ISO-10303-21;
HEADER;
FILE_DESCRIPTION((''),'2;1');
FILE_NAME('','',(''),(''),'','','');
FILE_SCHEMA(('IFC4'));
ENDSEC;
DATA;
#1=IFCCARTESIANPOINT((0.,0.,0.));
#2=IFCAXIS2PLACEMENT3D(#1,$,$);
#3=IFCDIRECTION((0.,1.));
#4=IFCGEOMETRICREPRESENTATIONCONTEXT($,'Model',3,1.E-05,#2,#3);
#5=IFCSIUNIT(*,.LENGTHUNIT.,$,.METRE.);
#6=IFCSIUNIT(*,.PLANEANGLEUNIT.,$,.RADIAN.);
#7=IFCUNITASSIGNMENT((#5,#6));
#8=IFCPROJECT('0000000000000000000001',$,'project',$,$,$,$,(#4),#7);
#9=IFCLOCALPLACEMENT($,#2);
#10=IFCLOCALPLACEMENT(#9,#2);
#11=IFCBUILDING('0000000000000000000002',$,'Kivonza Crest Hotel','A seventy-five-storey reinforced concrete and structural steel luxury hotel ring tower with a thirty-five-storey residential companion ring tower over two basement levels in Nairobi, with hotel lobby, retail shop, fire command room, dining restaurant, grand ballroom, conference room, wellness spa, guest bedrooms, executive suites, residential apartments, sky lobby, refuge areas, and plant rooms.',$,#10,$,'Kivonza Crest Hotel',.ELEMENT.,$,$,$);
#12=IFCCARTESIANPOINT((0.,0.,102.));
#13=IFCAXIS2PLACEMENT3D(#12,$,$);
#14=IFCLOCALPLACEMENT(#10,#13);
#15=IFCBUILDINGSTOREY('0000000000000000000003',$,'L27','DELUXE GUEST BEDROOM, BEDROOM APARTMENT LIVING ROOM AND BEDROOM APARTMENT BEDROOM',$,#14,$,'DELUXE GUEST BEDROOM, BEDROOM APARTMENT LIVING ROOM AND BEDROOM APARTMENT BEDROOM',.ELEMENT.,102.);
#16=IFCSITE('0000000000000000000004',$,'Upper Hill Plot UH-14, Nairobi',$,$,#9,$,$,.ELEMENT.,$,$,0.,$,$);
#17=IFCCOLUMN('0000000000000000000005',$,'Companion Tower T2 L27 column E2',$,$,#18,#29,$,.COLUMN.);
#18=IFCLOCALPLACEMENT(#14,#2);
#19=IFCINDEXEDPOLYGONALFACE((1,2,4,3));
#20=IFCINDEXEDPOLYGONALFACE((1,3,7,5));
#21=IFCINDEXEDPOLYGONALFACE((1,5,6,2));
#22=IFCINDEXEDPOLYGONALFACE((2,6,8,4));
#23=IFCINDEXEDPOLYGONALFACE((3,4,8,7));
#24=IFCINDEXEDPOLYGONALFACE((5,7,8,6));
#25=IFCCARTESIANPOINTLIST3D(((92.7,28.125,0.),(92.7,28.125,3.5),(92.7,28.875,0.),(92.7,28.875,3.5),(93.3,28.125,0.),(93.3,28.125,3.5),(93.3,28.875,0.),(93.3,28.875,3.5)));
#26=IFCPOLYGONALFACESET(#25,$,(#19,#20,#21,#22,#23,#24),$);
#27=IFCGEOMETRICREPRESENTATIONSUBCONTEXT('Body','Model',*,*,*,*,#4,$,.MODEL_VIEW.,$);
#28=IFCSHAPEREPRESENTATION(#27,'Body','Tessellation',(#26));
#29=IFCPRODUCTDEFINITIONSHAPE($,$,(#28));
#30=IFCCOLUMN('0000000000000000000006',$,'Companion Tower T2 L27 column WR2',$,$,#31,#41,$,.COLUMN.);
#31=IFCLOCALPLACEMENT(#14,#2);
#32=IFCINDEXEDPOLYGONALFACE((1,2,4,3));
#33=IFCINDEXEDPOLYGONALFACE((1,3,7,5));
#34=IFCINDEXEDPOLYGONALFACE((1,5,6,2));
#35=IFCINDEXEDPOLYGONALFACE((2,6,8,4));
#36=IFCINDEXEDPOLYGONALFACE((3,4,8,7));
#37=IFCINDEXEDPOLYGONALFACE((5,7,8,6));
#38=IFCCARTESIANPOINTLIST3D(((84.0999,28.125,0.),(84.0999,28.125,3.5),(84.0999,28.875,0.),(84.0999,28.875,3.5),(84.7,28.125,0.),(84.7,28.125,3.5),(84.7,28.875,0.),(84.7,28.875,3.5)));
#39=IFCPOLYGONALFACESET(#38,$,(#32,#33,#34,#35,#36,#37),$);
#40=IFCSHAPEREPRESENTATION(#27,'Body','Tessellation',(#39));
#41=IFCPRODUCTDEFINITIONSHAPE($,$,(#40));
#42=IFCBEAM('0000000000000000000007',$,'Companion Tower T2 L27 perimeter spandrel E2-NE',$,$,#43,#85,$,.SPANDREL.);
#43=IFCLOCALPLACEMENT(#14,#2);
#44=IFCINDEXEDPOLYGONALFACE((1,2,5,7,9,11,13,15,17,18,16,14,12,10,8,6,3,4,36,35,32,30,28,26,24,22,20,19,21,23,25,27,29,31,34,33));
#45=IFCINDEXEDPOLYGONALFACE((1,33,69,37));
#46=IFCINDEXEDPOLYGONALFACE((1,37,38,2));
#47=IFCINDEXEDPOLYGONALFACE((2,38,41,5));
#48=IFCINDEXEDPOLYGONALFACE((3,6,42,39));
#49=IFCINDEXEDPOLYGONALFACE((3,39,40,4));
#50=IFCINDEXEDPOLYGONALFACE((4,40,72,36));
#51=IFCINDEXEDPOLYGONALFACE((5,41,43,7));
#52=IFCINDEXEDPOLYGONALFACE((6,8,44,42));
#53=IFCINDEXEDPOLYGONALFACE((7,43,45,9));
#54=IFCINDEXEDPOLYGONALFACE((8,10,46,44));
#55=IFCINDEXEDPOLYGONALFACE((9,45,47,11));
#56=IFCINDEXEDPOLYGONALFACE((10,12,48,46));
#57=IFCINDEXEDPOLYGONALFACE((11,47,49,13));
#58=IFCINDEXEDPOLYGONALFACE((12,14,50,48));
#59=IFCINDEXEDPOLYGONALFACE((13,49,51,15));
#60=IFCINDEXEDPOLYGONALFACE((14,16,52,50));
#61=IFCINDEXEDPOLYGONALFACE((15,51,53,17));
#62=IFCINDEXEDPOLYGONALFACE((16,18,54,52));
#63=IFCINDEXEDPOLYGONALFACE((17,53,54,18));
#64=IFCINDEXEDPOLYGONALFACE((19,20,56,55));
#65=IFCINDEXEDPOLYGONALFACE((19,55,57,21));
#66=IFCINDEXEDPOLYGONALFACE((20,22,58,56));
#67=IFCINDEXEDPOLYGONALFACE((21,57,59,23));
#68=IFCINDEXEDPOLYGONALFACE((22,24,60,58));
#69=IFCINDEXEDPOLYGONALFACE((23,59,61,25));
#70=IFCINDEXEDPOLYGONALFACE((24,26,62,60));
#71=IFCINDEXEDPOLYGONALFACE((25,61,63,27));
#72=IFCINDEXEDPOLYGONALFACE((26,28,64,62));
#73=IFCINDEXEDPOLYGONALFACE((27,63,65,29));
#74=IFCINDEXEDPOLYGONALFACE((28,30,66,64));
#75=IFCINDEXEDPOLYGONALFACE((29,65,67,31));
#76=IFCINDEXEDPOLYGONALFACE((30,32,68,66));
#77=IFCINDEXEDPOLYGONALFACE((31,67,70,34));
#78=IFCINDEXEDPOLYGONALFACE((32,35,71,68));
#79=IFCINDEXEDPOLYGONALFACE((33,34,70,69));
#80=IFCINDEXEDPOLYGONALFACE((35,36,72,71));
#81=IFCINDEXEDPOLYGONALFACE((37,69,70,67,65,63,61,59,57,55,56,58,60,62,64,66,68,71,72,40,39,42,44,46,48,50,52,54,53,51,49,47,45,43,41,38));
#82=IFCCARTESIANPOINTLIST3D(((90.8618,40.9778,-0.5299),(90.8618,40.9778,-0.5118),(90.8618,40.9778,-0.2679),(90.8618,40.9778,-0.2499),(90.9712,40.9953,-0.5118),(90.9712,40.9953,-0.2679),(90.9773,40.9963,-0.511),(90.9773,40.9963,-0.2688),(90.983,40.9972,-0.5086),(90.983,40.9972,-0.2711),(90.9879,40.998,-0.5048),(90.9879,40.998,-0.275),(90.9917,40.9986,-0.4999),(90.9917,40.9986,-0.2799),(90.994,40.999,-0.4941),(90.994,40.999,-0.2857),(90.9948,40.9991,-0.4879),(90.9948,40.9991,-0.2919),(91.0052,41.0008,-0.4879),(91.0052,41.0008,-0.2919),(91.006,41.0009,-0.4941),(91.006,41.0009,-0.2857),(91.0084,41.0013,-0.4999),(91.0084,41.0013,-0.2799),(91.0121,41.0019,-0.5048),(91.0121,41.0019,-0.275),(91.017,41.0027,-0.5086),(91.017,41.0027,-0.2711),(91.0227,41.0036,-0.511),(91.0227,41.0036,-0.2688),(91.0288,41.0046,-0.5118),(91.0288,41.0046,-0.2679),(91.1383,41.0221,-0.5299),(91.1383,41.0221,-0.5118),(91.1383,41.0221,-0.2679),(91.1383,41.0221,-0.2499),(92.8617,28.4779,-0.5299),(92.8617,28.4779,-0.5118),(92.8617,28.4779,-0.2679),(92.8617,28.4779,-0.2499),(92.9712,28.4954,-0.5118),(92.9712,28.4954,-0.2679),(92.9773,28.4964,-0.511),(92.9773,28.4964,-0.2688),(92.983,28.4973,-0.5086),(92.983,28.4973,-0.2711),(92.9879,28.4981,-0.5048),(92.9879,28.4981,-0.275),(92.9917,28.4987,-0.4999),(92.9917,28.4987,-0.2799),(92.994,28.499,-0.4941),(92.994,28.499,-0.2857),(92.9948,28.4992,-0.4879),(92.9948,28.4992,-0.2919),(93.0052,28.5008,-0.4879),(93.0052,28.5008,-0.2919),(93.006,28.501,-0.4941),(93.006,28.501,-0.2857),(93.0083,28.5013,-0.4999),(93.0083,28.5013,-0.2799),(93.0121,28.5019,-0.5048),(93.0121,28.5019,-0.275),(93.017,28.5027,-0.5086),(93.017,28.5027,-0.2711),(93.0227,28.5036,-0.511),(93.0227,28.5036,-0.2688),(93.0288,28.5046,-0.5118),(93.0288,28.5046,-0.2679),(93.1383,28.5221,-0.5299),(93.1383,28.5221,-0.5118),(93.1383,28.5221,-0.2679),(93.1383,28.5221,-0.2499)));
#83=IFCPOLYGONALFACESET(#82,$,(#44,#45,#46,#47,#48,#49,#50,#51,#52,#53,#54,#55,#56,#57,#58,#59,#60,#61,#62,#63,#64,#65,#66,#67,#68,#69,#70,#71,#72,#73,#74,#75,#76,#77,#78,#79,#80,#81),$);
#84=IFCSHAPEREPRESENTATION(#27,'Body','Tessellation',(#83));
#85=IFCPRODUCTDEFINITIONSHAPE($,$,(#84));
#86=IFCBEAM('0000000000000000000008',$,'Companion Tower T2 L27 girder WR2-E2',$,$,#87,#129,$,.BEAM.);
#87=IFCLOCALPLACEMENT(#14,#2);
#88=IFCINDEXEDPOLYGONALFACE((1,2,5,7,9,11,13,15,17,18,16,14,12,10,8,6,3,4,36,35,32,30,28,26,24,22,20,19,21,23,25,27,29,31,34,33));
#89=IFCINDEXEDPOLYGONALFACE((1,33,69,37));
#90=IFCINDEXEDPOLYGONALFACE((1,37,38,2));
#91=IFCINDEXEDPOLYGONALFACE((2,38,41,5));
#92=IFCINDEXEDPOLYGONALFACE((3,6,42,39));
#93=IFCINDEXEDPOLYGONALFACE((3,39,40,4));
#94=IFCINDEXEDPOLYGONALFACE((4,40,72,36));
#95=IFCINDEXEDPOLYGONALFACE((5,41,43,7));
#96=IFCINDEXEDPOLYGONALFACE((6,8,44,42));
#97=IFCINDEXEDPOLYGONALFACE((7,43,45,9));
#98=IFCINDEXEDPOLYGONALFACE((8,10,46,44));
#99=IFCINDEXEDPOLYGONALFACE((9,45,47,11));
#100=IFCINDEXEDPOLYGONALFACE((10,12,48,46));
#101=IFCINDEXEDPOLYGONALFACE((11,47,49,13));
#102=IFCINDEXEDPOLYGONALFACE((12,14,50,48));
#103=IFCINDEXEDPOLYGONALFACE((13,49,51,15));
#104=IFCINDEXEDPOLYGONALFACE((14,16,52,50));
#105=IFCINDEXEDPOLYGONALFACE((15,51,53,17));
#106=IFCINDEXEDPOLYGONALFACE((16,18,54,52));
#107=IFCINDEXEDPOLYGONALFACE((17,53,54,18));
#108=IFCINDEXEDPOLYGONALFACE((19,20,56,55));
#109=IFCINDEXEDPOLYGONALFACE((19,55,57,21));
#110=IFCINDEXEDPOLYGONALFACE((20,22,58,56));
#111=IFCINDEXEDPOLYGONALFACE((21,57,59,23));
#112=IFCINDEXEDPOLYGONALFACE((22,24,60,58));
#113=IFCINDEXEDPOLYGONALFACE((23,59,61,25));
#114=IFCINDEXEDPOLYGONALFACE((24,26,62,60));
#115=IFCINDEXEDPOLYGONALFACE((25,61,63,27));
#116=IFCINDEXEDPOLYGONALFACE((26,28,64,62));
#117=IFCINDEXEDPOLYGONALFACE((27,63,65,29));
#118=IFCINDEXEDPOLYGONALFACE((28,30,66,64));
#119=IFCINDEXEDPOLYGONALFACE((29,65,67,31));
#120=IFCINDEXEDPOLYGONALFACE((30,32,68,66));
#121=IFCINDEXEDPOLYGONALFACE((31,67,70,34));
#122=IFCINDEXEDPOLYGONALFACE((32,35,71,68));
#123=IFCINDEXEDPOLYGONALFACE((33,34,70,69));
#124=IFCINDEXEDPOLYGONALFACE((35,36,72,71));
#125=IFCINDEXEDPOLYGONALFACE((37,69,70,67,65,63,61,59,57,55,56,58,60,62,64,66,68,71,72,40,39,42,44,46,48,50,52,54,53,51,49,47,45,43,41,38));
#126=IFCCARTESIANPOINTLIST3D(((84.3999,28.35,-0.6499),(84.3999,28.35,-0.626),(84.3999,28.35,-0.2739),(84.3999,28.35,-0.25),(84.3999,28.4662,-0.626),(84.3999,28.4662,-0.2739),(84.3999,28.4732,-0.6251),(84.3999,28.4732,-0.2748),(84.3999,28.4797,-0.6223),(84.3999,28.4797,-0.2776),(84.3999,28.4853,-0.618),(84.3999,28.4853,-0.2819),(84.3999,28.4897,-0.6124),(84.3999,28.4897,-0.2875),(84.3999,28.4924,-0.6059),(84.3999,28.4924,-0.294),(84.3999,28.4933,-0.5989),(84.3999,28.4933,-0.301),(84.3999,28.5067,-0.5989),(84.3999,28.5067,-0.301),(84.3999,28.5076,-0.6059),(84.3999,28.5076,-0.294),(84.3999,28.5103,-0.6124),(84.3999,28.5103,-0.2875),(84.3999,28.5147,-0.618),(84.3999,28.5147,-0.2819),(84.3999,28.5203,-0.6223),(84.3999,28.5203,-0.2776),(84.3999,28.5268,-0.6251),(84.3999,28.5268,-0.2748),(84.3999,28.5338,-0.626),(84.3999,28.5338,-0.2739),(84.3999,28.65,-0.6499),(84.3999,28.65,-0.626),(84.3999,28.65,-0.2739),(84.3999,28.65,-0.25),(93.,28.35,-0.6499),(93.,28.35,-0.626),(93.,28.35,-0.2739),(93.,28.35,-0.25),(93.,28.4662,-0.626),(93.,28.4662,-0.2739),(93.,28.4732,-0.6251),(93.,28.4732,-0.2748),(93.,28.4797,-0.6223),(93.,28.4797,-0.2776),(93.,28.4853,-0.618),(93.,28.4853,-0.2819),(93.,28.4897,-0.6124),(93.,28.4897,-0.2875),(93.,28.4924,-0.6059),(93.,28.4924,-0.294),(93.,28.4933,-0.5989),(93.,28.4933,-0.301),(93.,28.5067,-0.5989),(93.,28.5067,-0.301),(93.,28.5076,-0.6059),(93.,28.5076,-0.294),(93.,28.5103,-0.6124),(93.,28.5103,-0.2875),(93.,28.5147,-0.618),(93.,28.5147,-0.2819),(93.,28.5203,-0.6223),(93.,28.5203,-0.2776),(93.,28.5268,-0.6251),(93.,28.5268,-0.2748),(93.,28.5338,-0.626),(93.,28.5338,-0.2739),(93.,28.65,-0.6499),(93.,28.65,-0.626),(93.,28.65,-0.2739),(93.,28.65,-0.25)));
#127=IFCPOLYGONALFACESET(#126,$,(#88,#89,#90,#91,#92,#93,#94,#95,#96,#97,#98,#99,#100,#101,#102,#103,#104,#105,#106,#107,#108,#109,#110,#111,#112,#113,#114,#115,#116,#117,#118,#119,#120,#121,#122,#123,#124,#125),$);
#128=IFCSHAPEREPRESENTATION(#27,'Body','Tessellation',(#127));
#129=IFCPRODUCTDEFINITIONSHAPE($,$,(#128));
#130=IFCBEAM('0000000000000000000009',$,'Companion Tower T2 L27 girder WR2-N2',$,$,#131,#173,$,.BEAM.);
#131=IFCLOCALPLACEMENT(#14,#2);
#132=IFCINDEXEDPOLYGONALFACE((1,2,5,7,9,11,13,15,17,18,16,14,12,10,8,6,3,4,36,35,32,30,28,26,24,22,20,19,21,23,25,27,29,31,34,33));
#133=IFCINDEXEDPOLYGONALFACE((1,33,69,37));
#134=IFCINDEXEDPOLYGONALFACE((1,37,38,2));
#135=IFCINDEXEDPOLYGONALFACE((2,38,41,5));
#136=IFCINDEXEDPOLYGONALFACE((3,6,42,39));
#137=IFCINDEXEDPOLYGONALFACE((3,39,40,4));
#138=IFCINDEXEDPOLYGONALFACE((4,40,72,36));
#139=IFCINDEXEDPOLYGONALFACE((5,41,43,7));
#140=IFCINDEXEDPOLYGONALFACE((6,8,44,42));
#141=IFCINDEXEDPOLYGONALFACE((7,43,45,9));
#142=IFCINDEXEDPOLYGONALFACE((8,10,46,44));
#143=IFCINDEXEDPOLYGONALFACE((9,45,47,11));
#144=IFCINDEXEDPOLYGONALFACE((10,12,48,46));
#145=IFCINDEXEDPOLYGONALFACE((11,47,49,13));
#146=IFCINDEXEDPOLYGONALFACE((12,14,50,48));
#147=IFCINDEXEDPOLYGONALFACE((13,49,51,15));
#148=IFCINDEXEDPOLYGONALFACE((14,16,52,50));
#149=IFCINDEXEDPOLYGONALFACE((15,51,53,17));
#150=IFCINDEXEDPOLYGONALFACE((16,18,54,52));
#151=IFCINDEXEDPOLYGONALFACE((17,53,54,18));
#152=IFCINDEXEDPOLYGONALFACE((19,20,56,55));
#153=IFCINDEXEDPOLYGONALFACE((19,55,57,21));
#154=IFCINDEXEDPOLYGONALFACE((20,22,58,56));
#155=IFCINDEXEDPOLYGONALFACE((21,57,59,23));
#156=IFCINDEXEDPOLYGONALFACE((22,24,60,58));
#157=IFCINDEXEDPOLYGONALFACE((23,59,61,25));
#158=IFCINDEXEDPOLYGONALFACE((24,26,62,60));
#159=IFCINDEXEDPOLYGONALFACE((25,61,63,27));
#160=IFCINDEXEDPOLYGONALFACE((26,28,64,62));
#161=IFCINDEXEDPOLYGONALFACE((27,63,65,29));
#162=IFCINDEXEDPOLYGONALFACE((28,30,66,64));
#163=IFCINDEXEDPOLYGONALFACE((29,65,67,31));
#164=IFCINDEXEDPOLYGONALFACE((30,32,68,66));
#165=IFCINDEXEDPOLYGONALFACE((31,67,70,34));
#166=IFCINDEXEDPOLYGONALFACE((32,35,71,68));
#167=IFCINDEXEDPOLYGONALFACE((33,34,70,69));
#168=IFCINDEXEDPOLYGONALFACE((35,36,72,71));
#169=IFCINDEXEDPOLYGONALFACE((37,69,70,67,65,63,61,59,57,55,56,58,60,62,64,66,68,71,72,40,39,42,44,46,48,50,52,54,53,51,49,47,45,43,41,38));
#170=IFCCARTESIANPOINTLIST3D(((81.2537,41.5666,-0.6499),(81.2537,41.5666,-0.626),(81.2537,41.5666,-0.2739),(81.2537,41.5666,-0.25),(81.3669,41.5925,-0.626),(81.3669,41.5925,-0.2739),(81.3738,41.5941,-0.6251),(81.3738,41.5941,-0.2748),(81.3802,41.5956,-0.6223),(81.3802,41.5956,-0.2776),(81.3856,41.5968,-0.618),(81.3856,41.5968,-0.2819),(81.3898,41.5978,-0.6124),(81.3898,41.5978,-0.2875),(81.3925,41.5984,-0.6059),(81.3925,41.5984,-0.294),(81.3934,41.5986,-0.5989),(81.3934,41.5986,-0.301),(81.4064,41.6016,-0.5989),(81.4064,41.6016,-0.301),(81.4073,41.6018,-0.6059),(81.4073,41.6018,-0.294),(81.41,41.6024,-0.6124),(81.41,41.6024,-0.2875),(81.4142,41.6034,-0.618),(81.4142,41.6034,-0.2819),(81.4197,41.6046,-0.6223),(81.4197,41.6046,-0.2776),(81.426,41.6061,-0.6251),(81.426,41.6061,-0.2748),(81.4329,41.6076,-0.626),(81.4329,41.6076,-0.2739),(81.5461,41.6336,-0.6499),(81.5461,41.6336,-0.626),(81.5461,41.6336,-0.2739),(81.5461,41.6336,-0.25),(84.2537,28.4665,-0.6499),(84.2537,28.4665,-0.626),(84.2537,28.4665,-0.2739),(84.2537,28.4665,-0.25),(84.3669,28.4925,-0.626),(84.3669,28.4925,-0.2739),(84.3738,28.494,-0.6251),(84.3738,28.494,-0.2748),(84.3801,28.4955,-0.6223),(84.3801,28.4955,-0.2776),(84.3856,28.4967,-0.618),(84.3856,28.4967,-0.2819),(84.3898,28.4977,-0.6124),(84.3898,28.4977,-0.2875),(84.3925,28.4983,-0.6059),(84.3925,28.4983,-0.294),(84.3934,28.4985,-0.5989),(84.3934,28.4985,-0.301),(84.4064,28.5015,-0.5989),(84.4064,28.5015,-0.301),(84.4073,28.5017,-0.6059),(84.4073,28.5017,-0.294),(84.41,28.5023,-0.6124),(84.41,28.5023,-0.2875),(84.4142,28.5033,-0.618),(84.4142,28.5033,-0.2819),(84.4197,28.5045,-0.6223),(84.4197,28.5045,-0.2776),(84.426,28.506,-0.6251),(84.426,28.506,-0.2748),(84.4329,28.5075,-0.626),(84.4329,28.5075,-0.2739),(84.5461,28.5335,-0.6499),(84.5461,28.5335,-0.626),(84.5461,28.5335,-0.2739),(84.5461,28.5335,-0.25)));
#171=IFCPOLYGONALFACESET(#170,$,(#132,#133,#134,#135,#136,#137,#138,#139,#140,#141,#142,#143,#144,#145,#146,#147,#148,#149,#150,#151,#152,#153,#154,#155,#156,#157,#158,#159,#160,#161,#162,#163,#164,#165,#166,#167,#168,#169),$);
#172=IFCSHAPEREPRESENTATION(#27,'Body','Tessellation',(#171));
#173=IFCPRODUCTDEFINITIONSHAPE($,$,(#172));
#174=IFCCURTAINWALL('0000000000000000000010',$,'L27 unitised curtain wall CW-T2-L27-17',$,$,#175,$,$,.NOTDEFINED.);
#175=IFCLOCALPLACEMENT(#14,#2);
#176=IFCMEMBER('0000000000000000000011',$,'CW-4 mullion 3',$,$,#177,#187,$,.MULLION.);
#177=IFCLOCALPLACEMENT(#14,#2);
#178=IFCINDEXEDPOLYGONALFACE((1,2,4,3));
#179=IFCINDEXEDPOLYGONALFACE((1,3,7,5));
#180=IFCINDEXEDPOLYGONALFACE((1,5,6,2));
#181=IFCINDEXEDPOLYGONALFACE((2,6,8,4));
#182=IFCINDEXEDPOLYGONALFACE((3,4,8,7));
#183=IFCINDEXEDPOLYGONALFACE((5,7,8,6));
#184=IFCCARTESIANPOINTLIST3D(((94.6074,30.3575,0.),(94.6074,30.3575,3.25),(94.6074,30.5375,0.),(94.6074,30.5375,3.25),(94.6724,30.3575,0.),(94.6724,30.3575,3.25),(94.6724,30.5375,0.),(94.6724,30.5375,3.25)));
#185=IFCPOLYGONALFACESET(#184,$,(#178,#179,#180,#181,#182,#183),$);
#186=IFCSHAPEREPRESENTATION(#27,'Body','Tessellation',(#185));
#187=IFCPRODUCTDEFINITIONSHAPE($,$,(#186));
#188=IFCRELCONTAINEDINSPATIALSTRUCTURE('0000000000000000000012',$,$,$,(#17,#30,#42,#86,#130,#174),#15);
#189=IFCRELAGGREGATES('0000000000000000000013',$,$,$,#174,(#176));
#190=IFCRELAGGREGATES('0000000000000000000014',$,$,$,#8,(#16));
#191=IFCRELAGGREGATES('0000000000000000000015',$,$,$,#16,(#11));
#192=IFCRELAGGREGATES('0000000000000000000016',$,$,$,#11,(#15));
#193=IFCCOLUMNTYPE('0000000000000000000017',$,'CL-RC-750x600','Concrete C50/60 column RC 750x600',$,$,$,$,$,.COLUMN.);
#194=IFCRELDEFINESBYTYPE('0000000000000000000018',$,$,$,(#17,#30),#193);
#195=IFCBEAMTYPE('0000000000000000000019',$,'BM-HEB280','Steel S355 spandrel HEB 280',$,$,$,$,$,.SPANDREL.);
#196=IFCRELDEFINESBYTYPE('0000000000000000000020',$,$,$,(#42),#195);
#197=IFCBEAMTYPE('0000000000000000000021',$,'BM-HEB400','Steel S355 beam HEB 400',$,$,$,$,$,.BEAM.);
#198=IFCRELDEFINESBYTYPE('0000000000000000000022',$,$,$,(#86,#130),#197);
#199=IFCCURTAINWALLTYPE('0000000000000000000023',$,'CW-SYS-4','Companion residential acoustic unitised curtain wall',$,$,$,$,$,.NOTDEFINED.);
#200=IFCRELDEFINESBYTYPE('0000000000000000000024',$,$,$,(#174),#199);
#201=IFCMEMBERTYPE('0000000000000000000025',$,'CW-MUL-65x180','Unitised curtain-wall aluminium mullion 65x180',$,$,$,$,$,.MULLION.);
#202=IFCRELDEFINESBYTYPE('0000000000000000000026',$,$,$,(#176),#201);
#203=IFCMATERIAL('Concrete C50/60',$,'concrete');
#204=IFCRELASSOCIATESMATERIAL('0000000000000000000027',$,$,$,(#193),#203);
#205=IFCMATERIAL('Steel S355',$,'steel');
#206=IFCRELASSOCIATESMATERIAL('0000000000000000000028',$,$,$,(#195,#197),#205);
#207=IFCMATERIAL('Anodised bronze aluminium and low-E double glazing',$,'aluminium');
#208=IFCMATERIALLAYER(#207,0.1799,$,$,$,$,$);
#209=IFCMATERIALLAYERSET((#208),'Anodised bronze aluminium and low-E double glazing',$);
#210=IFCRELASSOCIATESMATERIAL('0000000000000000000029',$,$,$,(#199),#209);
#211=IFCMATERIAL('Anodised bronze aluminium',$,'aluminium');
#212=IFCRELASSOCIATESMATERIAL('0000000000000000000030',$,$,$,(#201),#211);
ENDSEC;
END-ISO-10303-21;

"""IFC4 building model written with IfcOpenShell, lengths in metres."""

from ifc_helpers import new_model, si_unit, direction, frame, origin, origin_2d, place, context, subcontext, project, spatial, rectangle, i_section, extrude, material, layer, layer_set, material_profile, profile_set, type_object, element, aggregate, save


model = new_model("IFC4")

# Units and contexts
model_context = context("Model", 3, precision=1e-05, world=origin(), true_north=direction((0.0, 1.0)))
body_context = subcontext(model_context, "Body", "Model", "MODEL_VIEW")
ifc_project = project(units=[si_unit("LENGTHUNIT", "METRE"), si_unit("PLANEANGLEUNIT", "RADIAN")], contexts=[model_context])

# Site, building, storey
site_placement = place(None, origin())
site = spatial("IfcSite", under=ifc_project, at=site_placement, Name="Upper Hill Plot UH-14, Nairobi", CompositionType="ELEMENT", RefElevation=0.0)
building_placement = place(site_placement, origin())
building = spatial("IfcBuilding", under=site, at=building_placement, Name="Kivonza Crest Hotel", Description="A seventy-five-storey reinforced concrete and structural steel luxury hotel ring tower with a thirty-five-storey residential companion ring tower over two basement levels in Nairobi, with hotel lobby, retail shop, fire command room, dining restaurant, grand ballroom, conference room, wellness spa, guest bedrooms, executive suites, residential apartments, sky lobby, refuge areas, and plant rooms.", LongName="Kivonza Crest Hotel", CompositionType="ELEMENT")
storey_placement = place(building_placement, frame((0.0, 0.0, 102.0)))
storey = spatial("IfcBuildingStorey", under=building, at=storey_placement, Name="L27", Description="DELUXE GUEST BEDROOM, BEDROOM APARTMENT LIVING ROOM AND BEDROOM APARTMENT BEDROOM", LongName="DELUXE GUEST BEDROOM, BEDROOM APARTMENT LIVING ROOM AND BEDROOM APARTMENT BEDROOM", CompositionType="ELEMENT", Elevation=102.0)

# Columns
ifc_material_1 = material(Name="Concrete C50/60", Category="concrete")
ifc_material_profile_1 = material_profile(ifc_material_1, rectangle(XDim=0.6001, YDim=0.75, at=origin_2d()), Name="RC 750x600")
ifc_profile_set_1 = profile_set([ifc_material_profile_1], Name="Concrete C50/60")
column_type = type_object("IfcColumnType", Name="CL-RC-750x600", Description="Concrete C50/60 column RC 750x600", PredefinedType="COLUMN", material=ifc_profile_set_1)
for number, where, z_axis, x_axis, name in (
    (1, (93.0, 28.5, 0.0), (0.0, 0.0, 1.0), (1.0, 0.0, 0.0), "Companion Tower T2 L27 column E2"),
    (2, (84.3999, 28.5, 0.0), (0.0, 0.0, 1.0), (1.0, 0.0, 0.0), "Companion Tower T2 L27 column WR2"),
):
    element("IfcColumn", number, at=place(storey_placement, frame(where, z_axis=z_axis, x_axis=x_axis)), inside=storey, type_object=column_type, Name=name, PredefinedType="COLUMN", context=body_context, shape_type="SweptSolid", body=[
        extrude(rectangle(XDim=0.6001, YDim=0.75, at=origin_2d()), origin(), (0.0, 0.0, 1.0), 3.5),
    ])

# Beams
ifc_material_2 = material(Name="Steel S355", Category="steel")
ifc_material_profile_2 = material_profile(ifc_material_2, i_section(OverallWidth=0.28, OverallDepth=0.28, WebThickness=0.0105, FlangeThickness=0.0181, FilletRadius=0.0239, at=origin_2d()), Name="HEB 280")
ifc_profile_set_2 = profile_set([ifc_material_profile_2], Name="Steel S355")
beam_type_1 = type_object("IfcBeamType", Name="BM-HEB280", Description="Steel S355 spandrel HEB 280", PredefinedType="SPANDREL", material=ifc_profile_set_2)
beam_1_placement = place(storey_placement, frame((93.0, 28.5, -0.3899), z_axis=(-0.157991, 0.987441, 0.0), x_axis=(-0.987441, -0.157991, 0.0)))
element("IfcBeam", 3, at=beam_1_placement, inside=storey, type_object=beam_type_1, Name="Companion Tower T2 L27 perimeter spandrel E2-NE", PredefinedType="SPANDREL", context=body_context, shape_type="SweptSolid", body=[
    extrude(i_section(OverallWidth=0.28, OverallDepth=0.28, WebThickness=0.0105, FlangeThickness=0.0181, FilletRadius=0.0239, at=origin_2d()), origin(), (0.0, 0.0, 1.0), 12.6589),
])
ifc_material_profile_3 = material_profile(ifc_material_2, i_section(OverallWidth=0.3, OverallDepth=0.3999, WebThickness=0.0134, FlangeThickness=0.0239, FilletRadius=0.0271, at=origin_2d()), Name="HEB 400")
ifc_profile_set_3 = profile_set([ifc_material_profile_3], Name="Steel S355")
beam_type_2 = type_object("IfcBeamType", Name="BM-HEB400", Description="Steel S355 beam HEB 400", PredefinedType="BEAM", material=ifc_profile_set_3)
beam_2_placement = place(storey_placement, frame((84.3999, 28.5, -0.45), z_axis=(1.0, 0.0, 0.0), x_axis=(0.0, 1.0, 0.0)))
element("IfcBeam", 4, at=beam_2_placement, inside=storey, type_object=beam_type_2, Name="Companion Tower T2 L27 girder WR2-E2", PredefinedType="BEAM", context=body_context, shape_type="SweptSolid", body=[
    extrude(i_section(OverallWidth=0.3, OverallDepth=0.3999, WebThickness=0.0134, FlangeThickness=0.0239, FilletRadius=0.0271, at=origin_2d()), origin(), (0.0, 0.0, 1.0), 8.6001),
])
beam_3_placement = place(storey_placement, frame((84.3999, 28.5, -0.45), z_axis=(-0.223227, 0.974766, 0.0), x_axis=(-0.974766, -0.223227, 0.0)))
element("IfcBeam", 5, at=beam_3_placement, inside=storey, type_object=beam_type_2, Name="Companion Tower T2 L27 girder WR2-N2", PredefinedType="BEAM", context=body_context, shape_type="SweptSolid", body=[
    extrude(i_section(OverallWidth=0.3, OverallDepth=0.3999, WebThickness=0.0134, FlangeThickness=0.0239, FilletRadius=0.0271, at=origin_2d()), origin(), (0.0, 0.0, 1.0), 13.4392),
])

# Curtain wall, member
ifc_material_3 = material(Name="Anodised bronze aluminium and low-E double glazing", Category="aluminium")
ifc_layer_1 = layer(ifc_material_3, 0.1799)
ifc_layer_set_1 = layer_set([ifc_layer_1], Name="Anodised bronze aluminium and low-E double glazing")
curtain_wall_type_1 = type_object("IfcCurtainWallType", Name="CW-SYS-4", Description="Companion residential acoustic unitised curtain wall", PredefinedType="NOTDEFINED", material=ifc_layer_set_1)
curtain_wall_1_placement = place(storey_placement, origin())
curtain_wall_1 = element("IfcCurtainWall", 6, at=curtain_wall_1_placement, inside=storey, type_object=curtain_wall_type_1, Name="L27 unitised curtain wall CW-T2-L27-17", PredefinedType="NOTDEFINED")
ifc_material_4 = material(Name="Anodised bronze aluminium", Category="aluminium")
ifc_material_profile_4 = material_profile(ifc_material_4, rectangle(XDim=0.0649, YDim=0.1799, at=origin_2d()), Name="CW-M 65x180")
ifc_profile_set_4 = profile_set([ifc_material_profile_4], Name="Anodised bronze aluminium")
member_type_1 = type_object("IfcMemberType", Name="CW-MUL-65x180", Description="Unitised curtain-wall aluminium mullion 65x180", PredefinedType="MULLION", material=ifc_profile_set_4)
member_1_placement = place(storey_placement, frame((94.6399, 30.4475, 0.0), z_axis=(0.0, 0.0, 1.0), x_axis=(-1.0, 0.0, 0.0)))
member_1 = element("IfcMember", 7, at=member_1_placement, type_object=member_type_1, Name="CW-4 mullion 3", PredefinedType="MULLION", context=body_context, shape_type="SweptSolid", body=[
    extrude(rectangle(XDim=0.0649, YDim=0.1799, at=origin_2d()), origin(), (0.0, 0.0, 1.0), 3.25),
])

aggregate(curtain_wall_1, [member_1])

save(model, "model.ifc")
